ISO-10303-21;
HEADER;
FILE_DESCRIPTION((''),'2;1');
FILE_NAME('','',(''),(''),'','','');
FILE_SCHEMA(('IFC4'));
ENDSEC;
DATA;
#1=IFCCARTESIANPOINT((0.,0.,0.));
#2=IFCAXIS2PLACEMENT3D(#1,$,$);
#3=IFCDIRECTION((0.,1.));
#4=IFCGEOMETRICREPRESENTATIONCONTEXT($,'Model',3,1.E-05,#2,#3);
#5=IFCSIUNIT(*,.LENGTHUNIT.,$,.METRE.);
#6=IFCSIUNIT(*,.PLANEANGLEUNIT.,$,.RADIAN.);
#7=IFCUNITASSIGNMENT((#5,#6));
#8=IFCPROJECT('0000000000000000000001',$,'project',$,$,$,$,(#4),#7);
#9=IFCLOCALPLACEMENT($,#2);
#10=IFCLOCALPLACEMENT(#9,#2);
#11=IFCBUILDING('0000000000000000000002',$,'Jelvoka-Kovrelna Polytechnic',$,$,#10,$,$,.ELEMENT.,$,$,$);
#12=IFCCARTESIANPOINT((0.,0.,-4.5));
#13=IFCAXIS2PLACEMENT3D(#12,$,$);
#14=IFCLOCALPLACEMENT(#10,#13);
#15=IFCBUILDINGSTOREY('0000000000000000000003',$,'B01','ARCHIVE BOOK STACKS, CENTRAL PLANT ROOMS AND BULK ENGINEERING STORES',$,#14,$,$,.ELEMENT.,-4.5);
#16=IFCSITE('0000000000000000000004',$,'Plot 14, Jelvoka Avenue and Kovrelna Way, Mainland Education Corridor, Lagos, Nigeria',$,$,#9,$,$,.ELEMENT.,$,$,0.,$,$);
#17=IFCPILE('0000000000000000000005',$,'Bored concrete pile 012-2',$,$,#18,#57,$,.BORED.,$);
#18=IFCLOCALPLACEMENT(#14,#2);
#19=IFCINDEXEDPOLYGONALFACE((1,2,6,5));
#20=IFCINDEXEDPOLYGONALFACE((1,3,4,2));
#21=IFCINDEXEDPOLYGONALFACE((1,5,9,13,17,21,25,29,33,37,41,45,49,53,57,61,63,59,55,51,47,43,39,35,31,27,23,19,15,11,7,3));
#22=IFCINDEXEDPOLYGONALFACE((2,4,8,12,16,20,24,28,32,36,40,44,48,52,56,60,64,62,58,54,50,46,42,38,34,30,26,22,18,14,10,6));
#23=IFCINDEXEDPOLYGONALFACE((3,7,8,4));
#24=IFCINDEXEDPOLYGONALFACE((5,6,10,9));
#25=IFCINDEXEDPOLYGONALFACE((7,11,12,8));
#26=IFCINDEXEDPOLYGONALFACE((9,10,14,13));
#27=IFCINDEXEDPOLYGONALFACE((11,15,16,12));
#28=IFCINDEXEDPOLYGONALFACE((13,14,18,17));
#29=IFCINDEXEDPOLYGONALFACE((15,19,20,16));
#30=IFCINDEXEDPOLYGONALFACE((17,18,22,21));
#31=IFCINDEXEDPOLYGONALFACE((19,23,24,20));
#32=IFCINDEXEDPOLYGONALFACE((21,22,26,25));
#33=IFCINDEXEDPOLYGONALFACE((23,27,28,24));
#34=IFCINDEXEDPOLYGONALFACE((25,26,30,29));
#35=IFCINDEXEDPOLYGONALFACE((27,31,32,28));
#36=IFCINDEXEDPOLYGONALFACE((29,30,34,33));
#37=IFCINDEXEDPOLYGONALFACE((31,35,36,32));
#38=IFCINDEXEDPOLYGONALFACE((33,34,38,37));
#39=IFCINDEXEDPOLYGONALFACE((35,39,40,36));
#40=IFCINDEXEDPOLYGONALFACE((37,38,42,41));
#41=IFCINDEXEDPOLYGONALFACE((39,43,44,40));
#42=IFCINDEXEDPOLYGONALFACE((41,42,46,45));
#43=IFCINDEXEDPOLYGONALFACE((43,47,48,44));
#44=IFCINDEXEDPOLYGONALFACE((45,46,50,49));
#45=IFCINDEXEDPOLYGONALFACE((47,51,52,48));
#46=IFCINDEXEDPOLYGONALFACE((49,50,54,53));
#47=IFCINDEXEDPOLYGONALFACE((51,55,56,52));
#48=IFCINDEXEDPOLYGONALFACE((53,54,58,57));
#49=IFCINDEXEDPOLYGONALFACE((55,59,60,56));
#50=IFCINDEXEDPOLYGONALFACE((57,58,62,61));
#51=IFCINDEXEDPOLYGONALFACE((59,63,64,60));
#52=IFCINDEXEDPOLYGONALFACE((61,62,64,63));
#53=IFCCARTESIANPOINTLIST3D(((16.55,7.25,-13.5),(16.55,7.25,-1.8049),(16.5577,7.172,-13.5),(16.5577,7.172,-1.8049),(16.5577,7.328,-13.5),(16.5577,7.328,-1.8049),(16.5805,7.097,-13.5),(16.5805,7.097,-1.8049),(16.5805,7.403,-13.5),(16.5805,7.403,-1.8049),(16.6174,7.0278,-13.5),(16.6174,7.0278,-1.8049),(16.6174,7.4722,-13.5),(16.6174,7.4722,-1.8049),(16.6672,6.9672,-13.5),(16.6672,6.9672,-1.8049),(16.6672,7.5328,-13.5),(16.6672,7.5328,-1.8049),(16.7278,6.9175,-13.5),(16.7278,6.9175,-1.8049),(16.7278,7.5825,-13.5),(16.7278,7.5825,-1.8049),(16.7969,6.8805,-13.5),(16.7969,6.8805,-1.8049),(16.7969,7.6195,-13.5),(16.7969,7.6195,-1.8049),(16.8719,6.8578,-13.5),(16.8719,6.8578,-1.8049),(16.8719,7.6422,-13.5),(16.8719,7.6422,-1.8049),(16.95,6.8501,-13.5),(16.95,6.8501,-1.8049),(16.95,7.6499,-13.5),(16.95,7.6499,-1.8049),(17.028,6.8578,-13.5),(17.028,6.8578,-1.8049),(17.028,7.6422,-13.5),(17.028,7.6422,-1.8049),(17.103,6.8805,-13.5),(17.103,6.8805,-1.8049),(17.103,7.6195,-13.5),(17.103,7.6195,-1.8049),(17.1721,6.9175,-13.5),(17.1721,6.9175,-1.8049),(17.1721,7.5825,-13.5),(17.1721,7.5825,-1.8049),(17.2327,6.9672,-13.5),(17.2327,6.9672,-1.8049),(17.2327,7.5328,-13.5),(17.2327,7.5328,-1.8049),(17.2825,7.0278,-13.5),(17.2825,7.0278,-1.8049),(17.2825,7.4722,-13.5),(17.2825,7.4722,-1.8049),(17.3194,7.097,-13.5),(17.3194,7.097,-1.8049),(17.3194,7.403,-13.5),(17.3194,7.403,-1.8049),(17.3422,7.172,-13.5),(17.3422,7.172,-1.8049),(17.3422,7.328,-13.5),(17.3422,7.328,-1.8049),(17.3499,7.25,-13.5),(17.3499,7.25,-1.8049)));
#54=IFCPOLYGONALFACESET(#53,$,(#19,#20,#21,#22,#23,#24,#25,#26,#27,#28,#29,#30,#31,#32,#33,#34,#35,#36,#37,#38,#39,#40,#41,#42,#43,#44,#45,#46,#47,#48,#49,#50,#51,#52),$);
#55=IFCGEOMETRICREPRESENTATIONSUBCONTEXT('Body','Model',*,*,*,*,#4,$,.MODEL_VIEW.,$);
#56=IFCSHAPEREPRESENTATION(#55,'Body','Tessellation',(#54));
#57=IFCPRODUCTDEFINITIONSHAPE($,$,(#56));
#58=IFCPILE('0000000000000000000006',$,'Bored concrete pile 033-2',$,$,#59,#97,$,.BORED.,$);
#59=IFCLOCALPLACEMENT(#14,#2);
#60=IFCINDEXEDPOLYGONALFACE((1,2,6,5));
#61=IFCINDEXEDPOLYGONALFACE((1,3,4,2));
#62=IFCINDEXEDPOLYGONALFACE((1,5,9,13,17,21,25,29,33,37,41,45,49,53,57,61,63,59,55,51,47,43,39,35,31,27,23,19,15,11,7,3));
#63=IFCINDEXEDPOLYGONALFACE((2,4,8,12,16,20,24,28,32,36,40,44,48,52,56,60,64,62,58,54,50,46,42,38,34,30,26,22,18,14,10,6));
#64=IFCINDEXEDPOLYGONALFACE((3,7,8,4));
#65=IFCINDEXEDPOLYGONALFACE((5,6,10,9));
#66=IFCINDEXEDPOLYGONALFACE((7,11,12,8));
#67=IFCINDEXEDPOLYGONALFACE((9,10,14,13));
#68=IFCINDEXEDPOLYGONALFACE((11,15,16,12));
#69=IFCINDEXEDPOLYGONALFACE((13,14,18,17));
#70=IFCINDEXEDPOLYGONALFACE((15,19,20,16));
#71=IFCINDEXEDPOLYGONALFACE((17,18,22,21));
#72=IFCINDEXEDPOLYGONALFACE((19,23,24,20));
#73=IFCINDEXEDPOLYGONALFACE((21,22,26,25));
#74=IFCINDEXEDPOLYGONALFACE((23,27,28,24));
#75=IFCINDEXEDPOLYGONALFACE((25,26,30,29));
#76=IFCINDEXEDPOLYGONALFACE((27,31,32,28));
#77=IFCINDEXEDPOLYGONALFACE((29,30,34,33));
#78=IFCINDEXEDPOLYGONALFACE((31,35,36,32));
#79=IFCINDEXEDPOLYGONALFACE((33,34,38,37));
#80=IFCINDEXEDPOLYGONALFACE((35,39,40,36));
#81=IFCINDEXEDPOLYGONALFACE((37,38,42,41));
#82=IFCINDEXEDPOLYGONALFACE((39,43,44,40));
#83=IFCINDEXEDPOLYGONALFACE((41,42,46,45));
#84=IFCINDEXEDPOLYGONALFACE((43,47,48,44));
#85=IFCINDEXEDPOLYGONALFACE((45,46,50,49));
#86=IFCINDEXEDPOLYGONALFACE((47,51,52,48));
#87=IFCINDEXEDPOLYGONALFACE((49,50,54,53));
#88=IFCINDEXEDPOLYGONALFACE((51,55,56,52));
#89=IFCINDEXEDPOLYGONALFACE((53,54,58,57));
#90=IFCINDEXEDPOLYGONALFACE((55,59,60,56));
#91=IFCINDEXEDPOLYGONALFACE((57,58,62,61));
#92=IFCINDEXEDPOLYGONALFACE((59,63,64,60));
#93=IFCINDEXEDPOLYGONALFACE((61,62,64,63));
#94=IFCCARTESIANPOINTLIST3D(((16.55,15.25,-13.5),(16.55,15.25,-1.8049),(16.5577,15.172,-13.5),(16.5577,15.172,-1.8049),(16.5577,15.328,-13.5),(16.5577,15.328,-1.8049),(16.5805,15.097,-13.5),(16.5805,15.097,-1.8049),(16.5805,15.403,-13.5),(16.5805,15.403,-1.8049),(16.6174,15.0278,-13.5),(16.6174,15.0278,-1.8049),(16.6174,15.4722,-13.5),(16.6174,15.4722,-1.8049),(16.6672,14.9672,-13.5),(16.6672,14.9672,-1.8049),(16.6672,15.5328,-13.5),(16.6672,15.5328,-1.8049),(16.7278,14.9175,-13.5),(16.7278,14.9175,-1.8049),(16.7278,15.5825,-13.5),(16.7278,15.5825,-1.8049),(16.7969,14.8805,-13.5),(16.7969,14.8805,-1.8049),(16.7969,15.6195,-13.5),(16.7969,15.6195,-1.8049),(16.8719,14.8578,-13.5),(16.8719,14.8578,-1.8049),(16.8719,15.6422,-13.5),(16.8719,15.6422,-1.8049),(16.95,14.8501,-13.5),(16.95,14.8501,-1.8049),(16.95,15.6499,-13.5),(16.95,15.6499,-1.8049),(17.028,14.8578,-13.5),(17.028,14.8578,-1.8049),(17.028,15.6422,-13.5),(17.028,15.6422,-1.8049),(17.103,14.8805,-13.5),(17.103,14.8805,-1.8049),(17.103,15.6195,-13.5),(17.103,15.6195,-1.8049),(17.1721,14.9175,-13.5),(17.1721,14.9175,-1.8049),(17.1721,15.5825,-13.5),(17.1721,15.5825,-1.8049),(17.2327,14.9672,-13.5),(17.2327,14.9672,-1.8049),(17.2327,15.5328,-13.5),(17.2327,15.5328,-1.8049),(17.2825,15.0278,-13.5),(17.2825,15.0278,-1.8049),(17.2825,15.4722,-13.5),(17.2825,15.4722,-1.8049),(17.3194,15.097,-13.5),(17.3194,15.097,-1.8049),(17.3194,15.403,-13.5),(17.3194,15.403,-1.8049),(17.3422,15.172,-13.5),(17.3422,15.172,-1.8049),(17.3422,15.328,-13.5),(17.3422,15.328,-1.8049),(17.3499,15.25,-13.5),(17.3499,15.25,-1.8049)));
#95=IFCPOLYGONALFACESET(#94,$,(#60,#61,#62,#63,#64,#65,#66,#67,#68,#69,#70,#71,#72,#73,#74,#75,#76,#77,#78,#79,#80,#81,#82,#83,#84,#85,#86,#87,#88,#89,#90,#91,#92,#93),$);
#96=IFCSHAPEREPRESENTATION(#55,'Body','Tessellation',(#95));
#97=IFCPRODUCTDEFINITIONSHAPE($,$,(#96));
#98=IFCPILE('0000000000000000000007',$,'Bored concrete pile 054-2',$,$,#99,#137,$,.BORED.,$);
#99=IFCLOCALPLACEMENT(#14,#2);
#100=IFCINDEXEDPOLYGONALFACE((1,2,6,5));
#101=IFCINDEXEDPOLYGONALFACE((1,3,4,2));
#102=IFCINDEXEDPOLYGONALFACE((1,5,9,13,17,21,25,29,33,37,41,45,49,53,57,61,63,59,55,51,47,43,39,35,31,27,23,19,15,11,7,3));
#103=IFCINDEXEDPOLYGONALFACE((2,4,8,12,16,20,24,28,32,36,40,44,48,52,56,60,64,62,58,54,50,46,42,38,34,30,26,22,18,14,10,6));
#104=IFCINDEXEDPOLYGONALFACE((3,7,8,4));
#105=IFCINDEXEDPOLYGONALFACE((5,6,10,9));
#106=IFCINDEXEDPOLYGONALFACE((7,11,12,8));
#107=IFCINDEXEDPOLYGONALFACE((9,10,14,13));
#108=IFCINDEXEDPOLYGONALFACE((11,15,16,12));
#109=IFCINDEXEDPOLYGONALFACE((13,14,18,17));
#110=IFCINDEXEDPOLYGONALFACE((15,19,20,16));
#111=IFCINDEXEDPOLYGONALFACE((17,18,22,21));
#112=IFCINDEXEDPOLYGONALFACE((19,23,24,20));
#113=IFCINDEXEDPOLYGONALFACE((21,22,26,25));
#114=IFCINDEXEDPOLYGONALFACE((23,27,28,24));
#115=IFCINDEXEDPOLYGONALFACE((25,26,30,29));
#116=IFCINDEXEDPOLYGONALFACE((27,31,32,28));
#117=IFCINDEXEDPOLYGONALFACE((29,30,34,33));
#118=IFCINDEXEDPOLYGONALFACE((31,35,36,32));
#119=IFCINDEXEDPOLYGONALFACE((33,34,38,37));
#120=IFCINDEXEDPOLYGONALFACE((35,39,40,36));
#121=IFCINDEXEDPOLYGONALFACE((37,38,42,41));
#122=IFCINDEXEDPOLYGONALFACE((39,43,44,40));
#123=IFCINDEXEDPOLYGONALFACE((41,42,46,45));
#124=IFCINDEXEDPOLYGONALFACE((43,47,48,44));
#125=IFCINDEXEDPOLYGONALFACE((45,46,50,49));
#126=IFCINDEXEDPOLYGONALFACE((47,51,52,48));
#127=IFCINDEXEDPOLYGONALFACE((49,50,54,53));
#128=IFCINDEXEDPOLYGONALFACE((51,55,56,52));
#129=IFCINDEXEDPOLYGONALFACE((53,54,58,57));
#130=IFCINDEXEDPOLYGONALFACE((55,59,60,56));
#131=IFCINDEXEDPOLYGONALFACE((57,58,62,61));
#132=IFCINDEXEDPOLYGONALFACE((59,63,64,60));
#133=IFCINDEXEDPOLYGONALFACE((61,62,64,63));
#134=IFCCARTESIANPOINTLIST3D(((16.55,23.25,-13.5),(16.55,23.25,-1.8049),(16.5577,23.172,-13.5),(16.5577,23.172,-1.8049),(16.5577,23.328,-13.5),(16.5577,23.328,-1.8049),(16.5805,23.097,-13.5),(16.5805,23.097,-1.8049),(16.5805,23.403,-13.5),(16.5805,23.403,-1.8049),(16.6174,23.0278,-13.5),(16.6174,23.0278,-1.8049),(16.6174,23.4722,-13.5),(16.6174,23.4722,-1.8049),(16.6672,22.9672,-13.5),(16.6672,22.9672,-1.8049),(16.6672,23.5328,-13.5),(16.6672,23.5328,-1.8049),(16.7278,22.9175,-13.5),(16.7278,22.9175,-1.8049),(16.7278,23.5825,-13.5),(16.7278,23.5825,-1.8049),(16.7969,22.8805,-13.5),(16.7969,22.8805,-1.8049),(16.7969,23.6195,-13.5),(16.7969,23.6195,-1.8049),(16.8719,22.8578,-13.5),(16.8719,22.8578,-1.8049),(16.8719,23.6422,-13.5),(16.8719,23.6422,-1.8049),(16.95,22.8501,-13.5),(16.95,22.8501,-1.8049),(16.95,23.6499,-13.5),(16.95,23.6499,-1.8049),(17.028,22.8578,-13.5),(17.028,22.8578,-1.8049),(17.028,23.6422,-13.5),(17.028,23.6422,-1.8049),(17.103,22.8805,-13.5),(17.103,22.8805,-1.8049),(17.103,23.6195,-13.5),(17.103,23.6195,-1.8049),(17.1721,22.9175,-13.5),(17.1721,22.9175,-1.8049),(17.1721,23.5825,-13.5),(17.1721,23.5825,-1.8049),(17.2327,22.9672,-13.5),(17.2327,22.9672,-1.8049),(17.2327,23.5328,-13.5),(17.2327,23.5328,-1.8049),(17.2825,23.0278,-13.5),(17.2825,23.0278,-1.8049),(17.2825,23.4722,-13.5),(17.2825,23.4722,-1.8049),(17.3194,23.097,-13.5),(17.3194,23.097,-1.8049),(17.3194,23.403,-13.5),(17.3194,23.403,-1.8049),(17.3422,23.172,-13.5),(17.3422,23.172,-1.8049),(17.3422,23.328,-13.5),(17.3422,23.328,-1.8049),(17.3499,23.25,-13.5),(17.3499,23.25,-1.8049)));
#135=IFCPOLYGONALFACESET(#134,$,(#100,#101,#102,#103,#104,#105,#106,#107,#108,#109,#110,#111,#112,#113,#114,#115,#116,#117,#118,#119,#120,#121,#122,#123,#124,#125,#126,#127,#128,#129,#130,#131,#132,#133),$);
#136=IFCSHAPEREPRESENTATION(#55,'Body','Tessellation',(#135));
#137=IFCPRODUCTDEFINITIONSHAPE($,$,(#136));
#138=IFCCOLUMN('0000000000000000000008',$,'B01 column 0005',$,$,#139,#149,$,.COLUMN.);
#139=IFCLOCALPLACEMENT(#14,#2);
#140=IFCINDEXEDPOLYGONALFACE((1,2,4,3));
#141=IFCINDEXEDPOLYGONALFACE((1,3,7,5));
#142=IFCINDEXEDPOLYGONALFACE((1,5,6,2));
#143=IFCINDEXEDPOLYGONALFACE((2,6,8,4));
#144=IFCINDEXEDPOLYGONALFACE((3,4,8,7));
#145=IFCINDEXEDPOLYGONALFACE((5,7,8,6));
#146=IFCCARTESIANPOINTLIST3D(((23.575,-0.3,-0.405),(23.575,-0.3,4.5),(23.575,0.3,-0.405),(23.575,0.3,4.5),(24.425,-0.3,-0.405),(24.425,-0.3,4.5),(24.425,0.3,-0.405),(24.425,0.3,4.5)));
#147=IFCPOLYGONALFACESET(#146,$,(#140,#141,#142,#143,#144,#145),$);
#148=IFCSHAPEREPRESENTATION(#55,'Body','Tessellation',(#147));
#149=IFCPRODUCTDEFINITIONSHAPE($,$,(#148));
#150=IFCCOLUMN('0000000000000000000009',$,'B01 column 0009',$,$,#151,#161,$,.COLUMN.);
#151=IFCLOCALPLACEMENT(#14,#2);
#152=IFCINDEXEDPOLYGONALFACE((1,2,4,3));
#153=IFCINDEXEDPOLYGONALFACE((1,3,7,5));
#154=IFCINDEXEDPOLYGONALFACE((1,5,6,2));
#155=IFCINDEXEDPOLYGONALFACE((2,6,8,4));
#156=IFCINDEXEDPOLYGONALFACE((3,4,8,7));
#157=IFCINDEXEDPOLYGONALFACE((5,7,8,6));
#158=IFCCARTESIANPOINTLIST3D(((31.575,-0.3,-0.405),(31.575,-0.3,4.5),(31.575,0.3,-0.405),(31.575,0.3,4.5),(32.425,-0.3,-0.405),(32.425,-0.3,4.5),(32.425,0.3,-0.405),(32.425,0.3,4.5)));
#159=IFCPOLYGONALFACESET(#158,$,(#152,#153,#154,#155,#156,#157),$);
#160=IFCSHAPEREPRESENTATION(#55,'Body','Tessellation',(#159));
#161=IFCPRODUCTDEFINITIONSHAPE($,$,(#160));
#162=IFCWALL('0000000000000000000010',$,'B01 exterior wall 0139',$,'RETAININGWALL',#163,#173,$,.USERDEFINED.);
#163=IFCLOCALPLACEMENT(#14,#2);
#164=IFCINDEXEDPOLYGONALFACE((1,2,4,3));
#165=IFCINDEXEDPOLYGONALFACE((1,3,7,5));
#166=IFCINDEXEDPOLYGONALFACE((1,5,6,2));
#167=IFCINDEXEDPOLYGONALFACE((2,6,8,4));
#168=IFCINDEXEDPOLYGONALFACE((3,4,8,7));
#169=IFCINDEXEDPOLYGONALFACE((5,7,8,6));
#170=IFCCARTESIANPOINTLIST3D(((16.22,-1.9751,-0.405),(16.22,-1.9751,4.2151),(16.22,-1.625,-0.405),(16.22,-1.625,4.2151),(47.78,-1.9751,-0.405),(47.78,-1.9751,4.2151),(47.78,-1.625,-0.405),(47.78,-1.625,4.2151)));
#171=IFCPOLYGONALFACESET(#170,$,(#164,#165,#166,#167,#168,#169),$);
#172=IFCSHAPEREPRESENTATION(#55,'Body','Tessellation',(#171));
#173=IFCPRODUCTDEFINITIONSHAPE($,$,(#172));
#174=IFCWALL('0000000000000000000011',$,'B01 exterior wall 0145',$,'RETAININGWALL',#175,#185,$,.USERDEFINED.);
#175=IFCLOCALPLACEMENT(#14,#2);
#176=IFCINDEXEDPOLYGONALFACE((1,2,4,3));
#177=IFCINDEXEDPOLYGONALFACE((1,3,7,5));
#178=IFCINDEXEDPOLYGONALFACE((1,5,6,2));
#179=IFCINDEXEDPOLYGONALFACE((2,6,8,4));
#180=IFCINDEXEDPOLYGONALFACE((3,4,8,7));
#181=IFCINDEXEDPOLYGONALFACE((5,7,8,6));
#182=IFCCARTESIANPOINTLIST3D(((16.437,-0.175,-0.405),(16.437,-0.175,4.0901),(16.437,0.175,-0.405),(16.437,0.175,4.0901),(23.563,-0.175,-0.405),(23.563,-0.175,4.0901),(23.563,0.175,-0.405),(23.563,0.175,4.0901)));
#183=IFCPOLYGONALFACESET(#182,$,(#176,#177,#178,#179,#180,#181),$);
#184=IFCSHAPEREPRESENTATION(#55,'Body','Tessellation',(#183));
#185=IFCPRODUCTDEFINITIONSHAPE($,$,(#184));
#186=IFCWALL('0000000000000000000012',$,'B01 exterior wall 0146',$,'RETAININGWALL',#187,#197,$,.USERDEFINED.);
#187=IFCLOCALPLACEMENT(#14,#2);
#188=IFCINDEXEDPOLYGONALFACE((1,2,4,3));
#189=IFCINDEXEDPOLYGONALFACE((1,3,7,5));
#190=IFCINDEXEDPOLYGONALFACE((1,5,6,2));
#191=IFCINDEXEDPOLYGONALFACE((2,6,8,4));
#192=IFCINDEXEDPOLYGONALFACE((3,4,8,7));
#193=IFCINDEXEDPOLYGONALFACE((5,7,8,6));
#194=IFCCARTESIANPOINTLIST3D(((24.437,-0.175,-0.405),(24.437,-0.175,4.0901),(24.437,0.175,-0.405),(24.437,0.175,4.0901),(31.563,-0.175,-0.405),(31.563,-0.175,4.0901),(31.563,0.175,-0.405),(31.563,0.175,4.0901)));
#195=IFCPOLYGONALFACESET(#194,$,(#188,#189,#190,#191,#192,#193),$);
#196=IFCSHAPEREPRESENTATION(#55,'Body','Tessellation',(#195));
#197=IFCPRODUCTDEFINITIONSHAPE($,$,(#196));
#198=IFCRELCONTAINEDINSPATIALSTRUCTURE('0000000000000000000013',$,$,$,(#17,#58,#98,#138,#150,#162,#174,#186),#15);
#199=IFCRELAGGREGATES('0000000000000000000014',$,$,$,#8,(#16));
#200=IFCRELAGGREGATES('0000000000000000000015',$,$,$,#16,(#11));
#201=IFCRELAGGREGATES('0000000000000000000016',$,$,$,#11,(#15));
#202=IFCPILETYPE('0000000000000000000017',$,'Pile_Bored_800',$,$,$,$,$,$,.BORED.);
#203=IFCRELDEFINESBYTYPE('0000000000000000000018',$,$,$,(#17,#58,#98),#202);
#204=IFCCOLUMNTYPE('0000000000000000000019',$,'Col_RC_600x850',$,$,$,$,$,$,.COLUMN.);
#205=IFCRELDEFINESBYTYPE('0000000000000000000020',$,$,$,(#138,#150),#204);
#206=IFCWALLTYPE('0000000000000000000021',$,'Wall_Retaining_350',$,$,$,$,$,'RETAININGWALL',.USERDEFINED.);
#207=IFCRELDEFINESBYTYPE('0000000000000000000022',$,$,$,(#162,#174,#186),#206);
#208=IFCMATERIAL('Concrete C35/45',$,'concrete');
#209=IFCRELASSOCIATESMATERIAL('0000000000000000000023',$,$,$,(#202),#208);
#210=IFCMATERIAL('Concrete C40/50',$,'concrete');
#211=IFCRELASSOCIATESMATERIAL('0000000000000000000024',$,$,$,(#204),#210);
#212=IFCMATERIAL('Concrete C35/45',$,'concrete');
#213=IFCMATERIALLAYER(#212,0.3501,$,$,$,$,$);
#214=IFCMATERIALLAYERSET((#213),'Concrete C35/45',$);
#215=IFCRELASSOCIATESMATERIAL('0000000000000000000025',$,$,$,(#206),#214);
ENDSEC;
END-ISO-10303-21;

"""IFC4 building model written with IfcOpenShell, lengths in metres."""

from ifc_helpers import new_model, si_unit, direction, frame, frame_2d, origin, origin_2d, place, context, subcontext, project, spatial, rectangle, circle, extrude, material, layer, layer_set, material_profile, profile_set, type_object, element, save


model = new_model("IFC4")

# Units and contexts
model_context = context("Model", 3, precision=1e-05, world=origin(), true_north=direction((0.0, 1.0)))
body_context = subcontext(model_context, "Body", "Model", "MODEL_VIEW")
ifc_project = project(units=[si_unit("LENGTHUNIT", "METRE"), si_unit("PLANEANGLEUNIT", "RADIAN")], contexts=[model_context])

# Site, building, storey
site_placement = place(None, origin())
site = spatial("IfcSite", under=ifc_project, at=site_placement, Name="Plot 14, Jelvoka Avenue and Kovrelna Way, Mainland Education Corridor, Lagos, Nigeria", CompositionType="ELEMENT", RefElevation=0.0)
building_placement = place(site_placement, origin())
building = spatial("IfcBuilding", under=site, at=building_placement, Name="Jelvoka-Kovrelna Polytechnic", CompositionType="ELEMENT")
storey_placement = place(building_placement, frame((0.0, 0.0, -4.5)))
storey = spatial("IfcBuildingStorey", under=building, at=storey_placement, Name="B01", Description="ARCHIVE BOOK STACKS, CENTRAL PLANT ROOMS AND BULK ENGINEERING STORES", CompositionType="ELEMENT", Elevation=-4.5)

# Piles
ifc_material_1 = material(Name="Concrete C35/45", Category="concrete")
ifc_material_profile_1 = material_profile(ifc_material_1, circle(Radius=0.3999, at=origin_2d()), Name="PILE D800")
ifc_profile_set_1 = profile_set([ifc_material_profile_1], Name="Concrete C35/45")
pile_type = type_object("IfcPileType", Name="Pile_Bored_800", PredefinedType="BORED", material=ifc_profile_set_1)
for number, where, z_axis, x_axis, name in (
    (1, (16.95, 7.25, -1.8049), (0.0, 0.0, -1.0), (1.0, 0.0, 0.0), "Bored concrete pile 012-2"),
    (2, (16.95, 15.25, -1.8049), (0.0, 0.0, -1.0), (1.0, 0.0, 0.0), "Bored concrete pile 033-2"),
    (3, (16.95, 23.25, -1.8049), (0.0, 0.0, -1.0), (1.0, 0.0, 0.0), "Bored concrete pile 054-2"),
):
    element("IfcPile", number, at=place(storey_placement, frame(where, z_axis=z_axis, x_axis=x_axis)), inside=storey, type_object=pile_type, Name=name, PredefinedType="BORED", context=body_context, shape_type="SweptSolid", body=[
        extrude(circle(Radius=0.3999, at=origin_2d()), origin(), (0.0, 0.0, 1.0), 11.6951),
    ])

# Columns
ifc_material_2 = material(Name="Concrete C40/50", Category="concrete")
ifc_material_profile_2 = material_profile(ifc_material_2, rectangle(XDim=0.6001, YDim=0.8501, at=origin_2d()), Name="RC 600x850")
ifc_profile_set_2 = profile_set([ifc_material_profile_2], Name="Concrete C40/50")
column_type = type_object("IfcColumnType", Name="Col_RC_600x850", PredefinedType="COLUMN", material=ifc_profile_set_2)
for number, where, z_axis, x_axis, name in (
    (4, (24.0, 0.0, -0.405), (0.0, 0.0, 1.0), (0.0, 1.0, 0.0), "B01 column 0005"),
    (5, (32.0, 0.0, -0.405), (0.0, 0.0, 1.0), (0.0, 1.0, 0.0), "B01 column 0009"),
):
    element("IfcColumn", number, at=place(storey_placement, frame(where, z_axis=z_axis, x_axis=x_axis)), inside=storey, type_object=column_type, Name=name, PredefinedType="COLUMN", context=body_context, shape_type="SweptSolid", body=[
        extrude(rectangle(XDim=0.6001, YDim=0.8501, at=origin_2d()), origin(), (0.0, 0.0, 1.0), 4.905),
    ])

# Walls
ifc_material_3 = material(Name="Concrete C35/45", Category="concrete")
ifc_layer = layer(ifc_material_3, 0.3501)
ifc_layer_set = layer_set([ifc_layer], Name="Concrete C35/45")
wall_type = type_object("IfcWallType", Name="Wall_Retaining_350", ElementType="RETAININGWALL", PredefinedType="USERDEFINED", material=ifc_layer_set)
wall_placement = place(storey_placement, frame((16.22, -1.8, -0.405), z_axis=(0.0, 0.0, 1.0), x_axis=(1.0, 0.0, 0.0)))
element("IfcWall", 6, at=wall_placement, inside=storey, type_object=wall_type, Name="B01 exterior wall 0139", ObjectType="RETAININGWALL", PredefinedType="USERDEFINED", context=body_context, shape_type="SweptSolid", body=[
    extrude(rectangle(XDim=31.5601, YDim=0.3501, at=frame_2d((15.78, 0.0))), origin(), (0.0, 0.0, 1.0), 4.6201),
])
for number, where, z_axis, x_axis, name in (
    (7, (16.437, 0.0, -0.405), (0.0, 0.0, 1.0), (1.0, 0.0, 0.0), "B01 exterior wall 0145"),
    (8, (24.437, 0.0, -0.405), (0.0, 0.0, 1.0), (1.0, 0.0, 0.0), "B01 exterior wall 0146"),
):
    element("IfcWall", number, at=place(storey_placement, frame(where, z_axis=z_axis, x_axis=x_axis)), inside=storey, type_object=wall_type, Name=name, ObjectType="RETAININGWALL", PredefinedType="USERDEFINED", context=body_context, shape_type="SweptSolid", body=[
        extrude(rectangle(XDim=7.126, YDim=0.3501, at=frame_2d((3.563, 0.0))), origin(), (0.0, 0.0, 1.0), 4.4951),
    ])

save(model, "model.ifc")
